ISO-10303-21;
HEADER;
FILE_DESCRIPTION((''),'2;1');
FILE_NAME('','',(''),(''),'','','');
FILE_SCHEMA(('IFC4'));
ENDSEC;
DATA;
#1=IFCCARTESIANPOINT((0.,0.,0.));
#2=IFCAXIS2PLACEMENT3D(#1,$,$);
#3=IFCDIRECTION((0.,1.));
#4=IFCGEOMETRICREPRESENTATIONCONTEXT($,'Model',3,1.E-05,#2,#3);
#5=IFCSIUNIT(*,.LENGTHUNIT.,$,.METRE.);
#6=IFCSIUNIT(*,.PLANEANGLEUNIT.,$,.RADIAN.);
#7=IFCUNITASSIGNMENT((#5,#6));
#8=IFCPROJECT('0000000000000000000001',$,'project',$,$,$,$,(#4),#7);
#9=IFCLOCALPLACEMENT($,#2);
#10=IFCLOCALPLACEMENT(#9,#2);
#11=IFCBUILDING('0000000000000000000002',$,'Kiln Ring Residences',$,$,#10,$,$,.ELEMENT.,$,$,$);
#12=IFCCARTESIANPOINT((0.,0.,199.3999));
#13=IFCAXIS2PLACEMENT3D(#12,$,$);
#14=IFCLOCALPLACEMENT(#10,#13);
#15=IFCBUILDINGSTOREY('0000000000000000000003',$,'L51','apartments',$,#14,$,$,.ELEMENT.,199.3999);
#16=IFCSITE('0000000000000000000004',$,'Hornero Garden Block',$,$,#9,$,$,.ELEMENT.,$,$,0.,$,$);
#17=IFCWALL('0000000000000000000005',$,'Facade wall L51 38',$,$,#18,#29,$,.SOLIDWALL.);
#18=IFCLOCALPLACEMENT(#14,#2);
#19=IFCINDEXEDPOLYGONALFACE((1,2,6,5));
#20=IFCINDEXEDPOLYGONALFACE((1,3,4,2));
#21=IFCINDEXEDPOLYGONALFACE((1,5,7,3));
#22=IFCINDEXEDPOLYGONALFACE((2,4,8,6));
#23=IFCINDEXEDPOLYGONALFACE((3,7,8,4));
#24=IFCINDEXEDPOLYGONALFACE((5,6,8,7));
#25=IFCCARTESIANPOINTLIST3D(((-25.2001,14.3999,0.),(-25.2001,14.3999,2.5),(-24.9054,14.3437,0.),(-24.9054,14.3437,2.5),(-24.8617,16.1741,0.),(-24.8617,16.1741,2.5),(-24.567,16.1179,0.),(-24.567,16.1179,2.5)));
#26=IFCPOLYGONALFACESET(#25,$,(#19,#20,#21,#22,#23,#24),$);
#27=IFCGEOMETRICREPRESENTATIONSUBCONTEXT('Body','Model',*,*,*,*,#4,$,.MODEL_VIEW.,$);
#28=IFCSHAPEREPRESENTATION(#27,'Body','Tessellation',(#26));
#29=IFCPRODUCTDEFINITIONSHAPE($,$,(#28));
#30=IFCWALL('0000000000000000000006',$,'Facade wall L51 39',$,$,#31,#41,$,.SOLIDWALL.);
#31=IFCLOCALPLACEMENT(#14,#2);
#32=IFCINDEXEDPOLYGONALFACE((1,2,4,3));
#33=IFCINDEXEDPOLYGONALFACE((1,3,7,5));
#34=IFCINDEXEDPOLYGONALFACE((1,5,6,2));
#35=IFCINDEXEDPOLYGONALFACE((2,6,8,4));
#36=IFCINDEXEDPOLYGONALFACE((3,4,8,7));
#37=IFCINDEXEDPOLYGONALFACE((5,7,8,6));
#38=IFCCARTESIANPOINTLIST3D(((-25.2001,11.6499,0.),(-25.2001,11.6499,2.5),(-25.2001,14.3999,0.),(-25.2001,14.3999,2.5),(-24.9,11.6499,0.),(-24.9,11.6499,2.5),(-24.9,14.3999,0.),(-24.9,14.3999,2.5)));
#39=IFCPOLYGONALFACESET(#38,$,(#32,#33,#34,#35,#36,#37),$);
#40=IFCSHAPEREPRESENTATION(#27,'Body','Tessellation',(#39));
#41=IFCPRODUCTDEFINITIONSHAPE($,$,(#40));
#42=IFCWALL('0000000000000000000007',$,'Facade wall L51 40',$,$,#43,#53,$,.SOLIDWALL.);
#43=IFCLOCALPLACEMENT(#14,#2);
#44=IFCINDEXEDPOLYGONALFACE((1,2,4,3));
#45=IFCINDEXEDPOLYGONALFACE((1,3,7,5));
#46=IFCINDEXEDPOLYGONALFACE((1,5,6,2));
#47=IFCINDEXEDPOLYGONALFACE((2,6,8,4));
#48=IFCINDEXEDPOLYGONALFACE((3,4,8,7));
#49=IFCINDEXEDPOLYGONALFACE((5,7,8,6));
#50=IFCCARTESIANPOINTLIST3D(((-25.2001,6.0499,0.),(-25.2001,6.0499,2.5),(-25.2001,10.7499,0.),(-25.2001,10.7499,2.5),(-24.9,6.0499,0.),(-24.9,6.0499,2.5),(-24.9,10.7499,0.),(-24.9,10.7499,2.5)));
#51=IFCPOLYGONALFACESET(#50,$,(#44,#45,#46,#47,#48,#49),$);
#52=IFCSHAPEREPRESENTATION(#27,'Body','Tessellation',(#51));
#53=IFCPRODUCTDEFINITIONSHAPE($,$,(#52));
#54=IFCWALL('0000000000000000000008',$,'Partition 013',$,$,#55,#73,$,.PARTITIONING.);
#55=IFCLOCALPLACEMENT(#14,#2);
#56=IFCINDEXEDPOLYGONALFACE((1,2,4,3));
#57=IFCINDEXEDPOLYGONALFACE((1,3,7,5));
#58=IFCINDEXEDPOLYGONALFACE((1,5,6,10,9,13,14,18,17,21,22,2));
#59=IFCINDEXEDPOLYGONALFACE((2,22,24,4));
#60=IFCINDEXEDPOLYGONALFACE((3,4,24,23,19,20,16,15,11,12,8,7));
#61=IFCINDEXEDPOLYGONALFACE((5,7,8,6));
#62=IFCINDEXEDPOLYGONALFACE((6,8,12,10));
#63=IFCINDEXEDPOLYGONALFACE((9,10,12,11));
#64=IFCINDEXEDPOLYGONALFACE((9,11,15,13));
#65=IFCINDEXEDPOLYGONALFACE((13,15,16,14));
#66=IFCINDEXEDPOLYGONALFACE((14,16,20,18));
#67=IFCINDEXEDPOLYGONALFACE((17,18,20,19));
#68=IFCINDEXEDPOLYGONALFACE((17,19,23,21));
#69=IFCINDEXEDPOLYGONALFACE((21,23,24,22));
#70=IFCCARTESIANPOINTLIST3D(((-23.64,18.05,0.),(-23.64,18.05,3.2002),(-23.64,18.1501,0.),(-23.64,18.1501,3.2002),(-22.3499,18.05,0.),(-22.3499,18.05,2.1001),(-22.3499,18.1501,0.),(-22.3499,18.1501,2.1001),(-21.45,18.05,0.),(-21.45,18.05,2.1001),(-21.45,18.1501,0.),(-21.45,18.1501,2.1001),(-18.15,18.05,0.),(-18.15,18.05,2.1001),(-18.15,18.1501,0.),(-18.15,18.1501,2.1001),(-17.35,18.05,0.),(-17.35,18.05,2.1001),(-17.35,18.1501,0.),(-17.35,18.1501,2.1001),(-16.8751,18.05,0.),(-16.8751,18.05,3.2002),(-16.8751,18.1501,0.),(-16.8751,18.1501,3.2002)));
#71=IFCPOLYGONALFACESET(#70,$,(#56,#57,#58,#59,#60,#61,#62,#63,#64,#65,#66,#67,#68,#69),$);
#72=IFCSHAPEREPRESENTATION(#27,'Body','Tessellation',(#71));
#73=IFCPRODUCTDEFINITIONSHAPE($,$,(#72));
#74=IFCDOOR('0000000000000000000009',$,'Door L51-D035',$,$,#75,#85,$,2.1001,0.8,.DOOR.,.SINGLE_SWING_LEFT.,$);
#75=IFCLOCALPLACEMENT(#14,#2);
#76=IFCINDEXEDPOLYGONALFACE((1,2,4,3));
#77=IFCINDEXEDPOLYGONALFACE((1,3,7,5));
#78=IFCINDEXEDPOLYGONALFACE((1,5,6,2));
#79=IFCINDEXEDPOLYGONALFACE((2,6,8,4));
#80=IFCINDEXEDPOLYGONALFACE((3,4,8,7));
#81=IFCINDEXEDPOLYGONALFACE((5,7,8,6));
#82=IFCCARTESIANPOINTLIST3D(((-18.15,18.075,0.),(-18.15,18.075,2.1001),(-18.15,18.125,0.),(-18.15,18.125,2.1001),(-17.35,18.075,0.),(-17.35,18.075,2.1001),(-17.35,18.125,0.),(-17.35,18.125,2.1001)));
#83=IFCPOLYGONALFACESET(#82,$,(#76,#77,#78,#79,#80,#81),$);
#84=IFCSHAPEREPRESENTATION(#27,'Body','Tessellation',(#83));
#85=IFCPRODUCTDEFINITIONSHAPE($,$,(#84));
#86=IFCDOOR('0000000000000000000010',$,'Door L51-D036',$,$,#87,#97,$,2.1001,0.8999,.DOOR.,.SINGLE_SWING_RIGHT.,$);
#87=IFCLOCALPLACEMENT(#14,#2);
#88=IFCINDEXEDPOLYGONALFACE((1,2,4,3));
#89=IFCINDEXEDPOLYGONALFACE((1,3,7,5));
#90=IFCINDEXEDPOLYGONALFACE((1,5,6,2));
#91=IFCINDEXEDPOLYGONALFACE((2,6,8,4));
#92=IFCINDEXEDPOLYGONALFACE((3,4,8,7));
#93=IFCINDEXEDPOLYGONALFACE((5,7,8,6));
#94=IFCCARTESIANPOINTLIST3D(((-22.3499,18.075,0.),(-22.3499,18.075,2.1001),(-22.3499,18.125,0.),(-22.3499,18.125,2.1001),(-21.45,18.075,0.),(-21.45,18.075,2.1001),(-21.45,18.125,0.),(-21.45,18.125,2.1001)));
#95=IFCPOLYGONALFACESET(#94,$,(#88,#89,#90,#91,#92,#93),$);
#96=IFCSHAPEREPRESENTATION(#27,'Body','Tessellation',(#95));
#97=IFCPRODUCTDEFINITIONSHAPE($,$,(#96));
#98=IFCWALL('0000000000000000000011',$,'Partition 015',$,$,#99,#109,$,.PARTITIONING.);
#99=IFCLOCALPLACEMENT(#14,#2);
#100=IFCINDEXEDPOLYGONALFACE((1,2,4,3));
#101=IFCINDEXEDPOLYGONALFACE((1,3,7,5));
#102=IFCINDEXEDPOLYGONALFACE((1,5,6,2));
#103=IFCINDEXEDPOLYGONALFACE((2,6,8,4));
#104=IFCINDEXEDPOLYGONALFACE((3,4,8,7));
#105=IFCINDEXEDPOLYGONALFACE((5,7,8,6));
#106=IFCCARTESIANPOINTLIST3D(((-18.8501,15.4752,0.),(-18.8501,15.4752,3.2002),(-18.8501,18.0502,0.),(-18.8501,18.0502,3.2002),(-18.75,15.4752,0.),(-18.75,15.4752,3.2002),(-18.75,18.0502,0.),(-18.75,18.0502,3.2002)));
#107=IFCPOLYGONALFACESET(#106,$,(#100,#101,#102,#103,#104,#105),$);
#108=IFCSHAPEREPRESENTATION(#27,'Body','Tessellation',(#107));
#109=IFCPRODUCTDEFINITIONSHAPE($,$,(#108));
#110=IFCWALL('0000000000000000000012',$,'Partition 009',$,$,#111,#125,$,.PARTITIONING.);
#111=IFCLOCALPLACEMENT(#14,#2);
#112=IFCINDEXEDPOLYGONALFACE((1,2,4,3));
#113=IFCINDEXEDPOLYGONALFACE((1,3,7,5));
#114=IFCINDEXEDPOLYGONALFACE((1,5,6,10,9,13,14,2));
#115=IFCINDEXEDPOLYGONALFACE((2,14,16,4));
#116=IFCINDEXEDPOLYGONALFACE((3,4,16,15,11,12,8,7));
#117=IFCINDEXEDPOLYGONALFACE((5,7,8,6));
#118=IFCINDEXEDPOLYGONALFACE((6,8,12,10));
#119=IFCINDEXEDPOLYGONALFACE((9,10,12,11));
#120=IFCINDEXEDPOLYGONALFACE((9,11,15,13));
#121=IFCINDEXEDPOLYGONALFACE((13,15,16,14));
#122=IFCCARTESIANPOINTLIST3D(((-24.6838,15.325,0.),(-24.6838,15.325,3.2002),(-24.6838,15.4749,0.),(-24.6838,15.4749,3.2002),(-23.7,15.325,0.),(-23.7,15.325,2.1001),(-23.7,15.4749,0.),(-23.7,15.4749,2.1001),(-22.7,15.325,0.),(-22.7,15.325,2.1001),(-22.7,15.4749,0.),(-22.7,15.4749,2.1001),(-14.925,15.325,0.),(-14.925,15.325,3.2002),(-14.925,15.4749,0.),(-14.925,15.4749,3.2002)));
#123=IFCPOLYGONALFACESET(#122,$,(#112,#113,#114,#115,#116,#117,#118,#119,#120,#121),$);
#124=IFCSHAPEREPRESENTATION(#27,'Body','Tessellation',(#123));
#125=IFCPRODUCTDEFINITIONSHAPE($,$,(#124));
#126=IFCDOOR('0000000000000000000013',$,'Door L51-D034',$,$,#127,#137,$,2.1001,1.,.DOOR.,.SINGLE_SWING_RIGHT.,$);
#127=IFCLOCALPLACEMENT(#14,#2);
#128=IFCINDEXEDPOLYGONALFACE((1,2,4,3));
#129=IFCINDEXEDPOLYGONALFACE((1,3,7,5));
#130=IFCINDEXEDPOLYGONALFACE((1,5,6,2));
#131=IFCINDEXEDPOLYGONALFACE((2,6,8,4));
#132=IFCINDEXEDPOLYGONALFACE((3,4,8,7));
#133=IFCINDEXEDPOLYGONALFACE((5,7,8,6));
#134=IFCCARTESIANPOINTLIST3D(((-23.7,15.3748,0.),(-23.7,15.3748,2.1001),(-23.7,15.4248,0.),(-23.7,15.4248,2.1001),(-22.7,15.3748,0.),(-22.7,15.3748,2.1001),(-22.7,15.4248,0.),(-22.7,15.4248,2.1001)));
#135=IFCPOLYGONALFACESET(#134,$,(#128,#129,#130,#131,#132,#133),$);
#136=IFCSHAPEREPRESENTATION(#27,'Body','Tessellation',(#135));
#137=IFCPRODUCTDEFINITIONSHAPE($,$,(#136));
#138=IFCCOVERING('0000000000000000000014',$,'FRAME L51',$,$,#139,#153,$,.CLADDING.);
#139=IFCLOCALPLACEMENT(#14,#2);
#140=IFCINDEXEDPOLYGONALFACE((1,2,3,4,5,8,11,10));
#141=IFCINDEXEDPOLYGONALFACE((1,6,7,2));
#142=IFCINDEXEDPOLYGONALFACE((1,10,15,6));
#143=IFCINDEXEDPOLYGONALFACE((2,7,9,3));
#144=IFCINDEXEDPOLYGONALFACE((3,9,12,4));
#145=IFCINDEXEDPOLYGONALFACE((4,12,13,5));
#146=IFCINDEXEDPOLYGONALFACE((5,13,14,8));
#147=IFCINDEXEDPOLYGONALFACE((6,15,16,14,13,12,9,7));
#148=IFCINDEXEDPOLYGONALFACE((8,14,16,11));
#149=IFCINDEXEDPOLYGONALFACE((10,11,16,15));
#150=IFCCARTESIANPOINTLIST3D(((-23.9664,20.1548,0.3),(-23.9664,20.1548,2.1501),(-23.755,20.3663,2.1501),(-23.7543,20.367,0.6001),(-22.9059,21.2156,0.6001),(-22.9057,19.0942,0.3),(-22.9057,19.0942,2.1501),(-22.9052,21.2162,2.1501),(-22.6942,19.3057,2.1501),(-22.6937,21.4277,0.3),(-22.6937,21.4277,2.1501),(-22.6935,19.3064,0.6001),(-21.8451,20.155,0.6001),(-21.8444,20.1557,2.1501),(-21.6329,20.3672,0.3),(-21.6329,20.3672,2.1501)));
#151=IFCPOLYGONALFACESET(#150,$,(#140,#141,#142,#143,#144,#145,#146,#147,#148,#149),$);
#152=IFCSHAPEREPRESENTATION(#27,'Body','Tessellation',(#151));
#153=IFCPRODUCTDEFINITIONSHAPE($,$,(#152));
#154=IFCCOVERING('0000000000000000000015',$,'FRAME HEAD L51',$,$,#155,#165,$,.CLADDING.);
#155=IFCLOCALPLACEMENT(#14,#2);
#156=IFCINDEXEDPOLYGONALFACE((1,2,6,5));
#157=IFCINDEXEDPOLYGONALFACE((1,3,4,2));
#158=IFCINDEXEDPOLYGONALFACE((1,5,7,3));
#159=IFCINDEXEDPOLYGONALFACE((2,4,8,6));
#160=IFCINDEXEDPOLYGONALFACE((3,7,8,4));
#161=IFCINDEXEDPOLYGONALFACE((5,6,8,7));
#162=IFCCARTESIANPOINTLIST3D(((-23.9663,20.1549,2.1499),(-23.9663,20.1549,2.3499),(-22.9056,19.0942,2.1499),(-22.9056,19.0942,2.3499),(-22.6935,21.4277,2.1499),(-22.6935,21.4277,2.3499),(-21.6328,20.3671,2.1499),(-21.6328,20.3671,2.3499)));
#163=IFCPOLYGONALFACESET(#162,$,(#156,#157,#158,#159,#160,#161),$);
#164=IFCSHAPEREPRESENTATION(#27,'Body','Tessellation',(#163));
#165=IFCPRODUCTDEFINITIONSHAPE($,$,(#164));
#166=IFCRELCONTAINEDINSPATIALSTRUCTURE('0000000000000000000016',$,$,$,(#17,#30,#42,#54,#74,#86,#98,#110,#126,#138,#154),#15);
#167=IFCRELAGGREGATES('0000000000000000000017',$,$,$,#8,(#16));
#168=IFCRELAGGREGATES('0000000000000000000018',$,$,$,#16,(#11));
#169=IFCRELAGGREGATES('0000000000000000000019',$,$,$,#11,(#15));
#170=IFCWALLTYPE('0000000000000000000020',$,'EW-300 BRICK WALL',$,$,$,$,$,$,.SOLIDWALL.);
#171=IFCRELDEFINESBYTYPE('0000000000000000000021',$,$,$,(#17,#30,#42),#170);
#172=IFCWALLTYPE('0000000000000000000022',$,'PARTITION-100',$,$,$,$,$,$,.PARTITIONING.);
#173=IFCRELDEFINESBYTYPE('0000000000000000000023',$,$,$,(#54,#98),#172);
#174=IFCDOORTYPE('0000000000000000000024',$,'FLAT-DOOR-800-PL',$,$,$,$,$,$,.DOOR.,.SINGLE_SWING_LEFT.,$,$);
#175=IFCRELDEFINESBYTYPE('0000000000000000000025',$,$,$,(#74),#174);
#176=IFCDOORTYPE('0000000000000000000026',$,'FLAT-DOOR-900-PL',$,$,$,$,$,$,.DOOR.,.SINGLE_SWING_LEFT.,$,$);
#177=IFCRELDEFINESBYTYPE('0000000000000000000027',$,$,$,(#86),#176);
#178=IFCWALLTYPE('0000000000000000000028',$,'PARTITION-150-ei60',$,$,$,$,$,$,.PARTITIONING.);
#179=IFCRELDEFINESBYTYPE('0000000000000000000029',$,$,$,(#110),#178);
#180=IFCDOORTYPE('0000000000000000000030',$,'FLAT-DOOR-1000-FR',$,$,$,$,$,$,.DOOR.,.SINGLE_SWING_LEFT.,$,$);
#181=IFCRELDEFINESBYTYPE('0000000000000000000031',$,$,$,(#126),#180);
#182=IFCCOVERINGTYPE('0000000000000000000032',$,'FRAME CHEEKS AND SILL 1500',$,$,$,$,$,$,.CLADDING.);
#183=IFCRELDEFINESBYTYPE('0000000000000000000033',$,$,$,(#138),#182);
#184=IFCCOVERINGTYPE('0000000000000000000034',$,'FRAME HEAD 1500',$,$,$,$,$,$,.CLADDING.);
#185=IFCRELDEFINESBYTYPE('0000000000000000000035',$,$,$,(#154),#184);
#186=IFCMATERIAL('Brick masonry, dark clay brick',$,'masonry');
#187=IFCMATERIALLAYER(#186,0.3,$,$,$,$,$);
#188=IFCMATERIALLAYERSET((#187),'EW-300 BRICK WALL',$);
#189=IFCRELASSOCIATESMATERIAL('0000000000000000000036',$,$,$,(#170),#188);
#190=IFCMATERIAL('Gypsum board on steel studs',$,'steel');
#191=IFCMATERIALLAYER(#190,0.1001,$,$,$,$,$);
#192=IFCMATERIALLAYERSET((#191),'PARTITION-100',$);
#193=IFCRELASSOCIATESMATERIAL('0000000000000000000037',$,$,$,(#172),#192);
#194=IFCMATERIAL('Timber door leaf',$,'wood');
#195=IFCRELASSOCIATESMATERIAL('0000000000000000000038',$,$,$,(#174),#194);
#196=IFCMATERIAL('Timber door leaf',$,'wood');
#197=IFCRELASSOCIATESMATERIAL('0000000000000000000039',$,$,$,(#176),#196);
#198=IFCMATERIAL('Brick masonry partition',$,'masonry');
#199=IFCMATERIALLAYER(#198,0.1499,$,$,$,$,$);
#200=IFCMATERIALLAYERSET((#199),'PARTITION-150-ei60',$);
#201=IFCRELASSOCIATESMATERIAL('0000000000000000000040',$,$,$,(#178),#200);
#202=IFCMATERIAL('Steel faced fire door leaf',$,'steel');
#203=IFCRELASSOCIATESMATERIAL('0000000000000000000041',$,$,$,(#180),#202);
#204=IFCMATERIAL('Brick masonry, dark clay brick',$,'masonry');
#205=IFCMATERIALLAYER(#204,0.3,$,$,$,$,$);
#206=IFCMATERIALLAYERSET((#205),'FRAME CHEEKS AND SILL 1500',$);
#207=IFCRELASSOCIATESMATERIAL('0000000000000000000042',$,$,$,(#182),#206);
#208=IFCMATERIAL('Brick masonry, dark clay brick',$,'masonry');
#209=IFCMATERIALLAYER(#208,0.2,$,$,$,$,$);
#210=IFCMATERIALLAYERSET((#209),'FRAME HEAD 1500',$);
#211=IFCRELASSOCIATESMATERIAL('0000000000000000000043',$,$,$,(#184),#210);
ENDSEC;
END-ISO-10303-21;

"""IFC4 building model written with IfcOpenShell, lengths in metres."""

from ifc_helpers import new_model, si_unit, direction, frame, frame_2d, origin, origin_2d, place, context, subcontext, project, spatial, polyline, rectangle, outline, extrude, material, layer, layer_set, type_object, element, fill, save


model = new_model("IFC4")

# Units and contexts
model_context = context("Model", 3, precision=1e-05, world=origin(), true_north=direction((0.0, 1.0)))
body_context = subcontext(model_context, "Body", "Model", "MODEL_VIEW")
ifc_project = project(units=[si_unit("LENGTHUNIT", "METRE"), si_unit("PLANEANGLEUNIT", "RADIAN")], contexts=[model_context])

# Site, building, storey
site_placement = place(None, origin())
site = spatial("IfcSite", under=ifc_project, at=site_placement, Name="Hornero Garden Block", CompositionType="ELEMENT", RefElevation=0.0)
building_placement = place(site_placement, origin())
building = spatial("IfcBuilding", under=site, at=building_placement, Name="Kiln Ring Residences", CompositionType="ELEMENT")
storey_placement = place(building_placement, frame((0.0, 0.0, 199.3999)))
storey = spatial("IfcBuildingStorey", under=building, at=storey_placement, Name="L51", Description="apartments", CompositionType="ELEMENT", Elevation=199.3999)

# Shared definitions
ifc_material_1 = material(Name="Brick masonry, dark clay brick", Category="masonry")
ifc_layer_1 = layer(ifc_material_1, 0.3)
ifc_layer_set_1 = layer_set([ifc_layer_1], Name="EW-300 BRICK WALL")
wall_type_1 = type_object("IfcWallType", Name="EW-300 BRICK WALL", PredefinedType="SOLIDWALL", material=ifc_layer_set_1)

# Walls
wall_1_placement = place(storey_placement, frame((-24.7144, 16.146, 0.0), z_axis=(0.0, 0.0, 1.0), x_axis=(-0.187348, -0.982294, 0.0)))
element("IfcWall", 1, at=wall_1_placement, inside=storey, type_object=wall_type_1, Name="Facade wall L51 38", PredefinedType="SOLIDWALL", context=body_context, shape_type="SweptSolid", body=[
    extrude(rectangle(XDim=1.8062, YDim=0.3, at=frame_2d((0.9031, 0.0))), origin(), (0.0, 0.0, 1.0), 2.5),
])
wall_2_placement = place(storey_placement, frame((-25.05, 14.3999, 0.0), z_axis=(0.0, 0.0, 1.0), x_axis=(0.0, -1.0, 0.0)))
element("IfcWall", 2, at=wall_2_placement, inside=storey, type_object=wall_type_1, Name="Facade wall L51 39", PredefinedType="SOLIDWALL", context=body_context, shape_type="SweptSolid", body=[
    extrude(rectangle(XDim=2.75, YDim=0.3, at=frame_2d((1.375, 0.0))), origin(), (0.0, 0.0, 1.0), 2.5),
])
wall_3_placement = place(storey_placement, frame((-25.05, 10.75, 0.0), z_axis=(0.0, 0.0, 1.0), x_axis=(0.0, -1.0, 0.0)))
element("IfcWall", 3, at=wall_3_placement, inside=storey, type_object=wall_type_1, Name="Facade wall L51 40", PredefinedType="SOLIDWALL", context=body_context, shape_type="SweptSolid", body=[
    extrude(rectangle(XDim=4.7, YDim=0.3, at=frame_2d((2.3501, 0.0))), origin(), (0.0, 0.0, 1.0), 2.5),
])

# Wall, openings, doors
ifc_material_2 = material(Name="Gypsum board on steel studs", Category="steel")
ifc_layer_2 = layer(ifc_material_2, 0.1001)
ifc_layer_set_2 = layer_set([ifc_layer_2], Name="PARTITION-100")
wall_type_2 = type_object("IfcWallType", Name="PARTITION-100", PredefinedType="PARTITIONING", material=ifc_layer_set_2)
wall_4_placement = place(storey_placement, frame((-23.6399, 18.1001, 0.0), z_axis=(0.0, 0.0, 1.0), x_axis=(1.0, 0.0, 0.0)))
wall_4 = element("IfcWall", 4, at=wall_4_placement, inside=storey, type_object=wall_type_2, Name="Partition 013", PredefinedType="PARTITIONING", context=body_context, shape_type="SweptSolid", body=[
    extrude(rectangle(XDim=6.7649, YDim=0.1001, at=frame_2d((3.3823, 0.0))), origin(), (0.0, 0.0, 1.0), 3.2002),
])
opening_1_placement = place(wall_4_placement, frame((5.49, 0.0, 0.0)))
opening_1 = element("IfcOpeningElement", 5, at=opening_1_placement, cuts=wall_4, PredefinedType="OPENING", context=body_context, shape_type="SweptSolid", body=[
    extrude(rectangle(XDim=0.8, YDim=2.1001, at=frame_2d((0.3999, 1.05))), frame((0.0, 0.0601, 0.0), z_axis=(0.0, -1.0, 0.0), x_axis=(1.0, 0.0, 0.0)), (0.0, 0.0, 1.0), 0.1201),
])
opening_2_placement = place(wall_4_placement, frame((1.29, 0.0, 0.0)))
opening_2 = element("IfcOpeningElement", 6, at=opening_2_placement, cuts=wall_4, PredefinedType="OPENING", context=body_context, shape_type="SweptSolid", body=[
    extrude(rectangle(XDim=0.8999, YDim=2.1001, at=frame_2d((0.45, 1.05))), frame((0.0, 0.0601, 0.0), z_axis=(0.0, -1.0, 0.0), x_axis=(1.0, 0.0, 0.0)), (0.0, 0.0, 1.0), 0.1201),
])
ifc_material_3 = material(Name="Timber door leaf", Category="wood")
door_type_1 = type_object("IfcDoorType", Name="FLAT-DOOR-800-PL", OperationType="SINGLE_SWING_LEFT", PredefinedType="DOOR", material=ifc_material_3)
door_1_placement = place(opening_1_placement, origin())
door_1 = element("IfcDoor", 7, at=door_1_placement, inside=storey, type_object=door_type_1, Name="Door L51-D035", OperationType="SINGLE_SWING_LEFT", OverallHeight=2.1001, OverallWidth=0.8, PredefinedType="DOOR", context=body_context, shape_type="SweptSolid", body=[
    extrude(rectangle(XDim=0.8, YDim=2.1001, at=frame_2d((0.3999, 1.05))), frame((0.0, 0.0249, 0.0), z_axis=(0.0, -1.0, 0.0), x_axis=(1.0, 0.0, 0.0)), (0.0, 0.0, 1.0), 0.05),
])
fill(opening_1, door_1)
ifc_material_4 = material(Name="Timber door leaf", Category="wood")
door_type_2 = type_object("IfcDoorType", Name="FLAT-DOOR-900-PL", OperationType="SINGLE_SWING_LEFT", PredefinedType="DOOR", material=ifc_material_4)
door_2_placement = place(opening_2_placement, origin())
door_2 = element("IfcDoor", 8, at=door_2_placement, inside=storey, type_object=door_type_2, Name="Door L51-D036", OperationType="SINGLE_SWING_RIGHT", OverallHeight=2.1001, OverallWidth=0.8999, PredefinedType="DOOR", context=body_context, shape_type="SweptSolid", body=[
    extrude(rectangle(XDim=0.8999, YDim=2.1001, at=frame_2d((0.45, 1.05))), frame((0.0, 0.0249, 0.0), z_axis=(0.0, -1.0, 0.0), x_axis=(1.0, 0.0, 0.0)), (0.0, 0.0, 1.0), 0.05),
])
fill(opening_2, door_2)

# Wall
wall_5_placement = place(storey_placement, frame((-18.8, 15.4751, 0.0), z_axis=(0.0, 0.0, 1.0), x_axis=(0.0, 1.0, 0.0)))
element("IfcWall", 9, at=wall_5_placement, inside=storey, type_object=wall_type_2, Name="Partition 015", PredefinedType="PARTITIONING", context=body_context, shape_type="SweptSolid", body=[
    extrude(rectangle(XDim=2.575, YDim=0.1001, at=frame_2d((1.2876, 0.0))), origin(), (0.0, 0.0, 1.0), 3.2002),
])

# Wall, opening, door
ifc_material_5 = material(Name="Brick masonry partition", Category="masonry")
ifc_layer_3 = layer(ifc_material_5, 0.1499)
ifc_layer_set_3 = layer_set([ifc_layer_3], Name="PARTITION-150-ei60")
wall_type_3 = type_object("IfcWallType", Name="PARTITION-150-ei60", PredefinedType="PARTITIONING", material=ifc_layer_set_3)
wall_6_placement = place(storey_placement, frame((-24.6838, 15.3999, 0.0), z_axis=(0.0, 0.0, 1.0), x_axis=(1.0, 0.0, 0.0)))
wall_6 = element("IfcWall", 10, at=wall_6_placement, inside=storey, type_object=wall_type_3, Name="Partition 009", PredefinedType="PARTITIONING", context=body_context, shape_type="SweptSolid", body=[
    extrude(rectangle(XDim=9.7588, YDim=0.1499, at=frame_2d((4.8794, 0.0))), origin(), (0.0, 0.0, 1.0), 3.2002),
])
opening_3_placement = place(wall_6_placement, frame((0.9839, 0.0, 0.0)))
opening_3 = element("IfcOpeningElement", 11, at=opening_3_placement, cuts=wall_6, PredefinedType="OPENING", context=body_context, shape_type="SweptSolid", body=[
    extrude(rectangle(XDim=1.0, YDim=2.1001, at=frame_2d((0.5, 1.05))), frame((0.0, 0.085, 0.0), z_axis=(0.0, -1.0, 0.0), x_axis=(1.0, 0.0, 0.0)), (0.0, 0.0, 1.0), 0.1699),
])
ifc_material_6 = material(Name="Steel faced fire door leaf", Category="steel")
door_type_3 = type_object("IfcDoorType", Name="FLAT-DOOR-1000-FR", OperationType="SINGLE_SWING_LEFT", PredefinedType="DOOR", material=ifc_material_6)
door_3_placement = place(opening_3_placement, origin())
door_3 = element("IfcDoor", 12, at=door_3_placement, inside=storey, type_object=door_type_3, Name="Door L51-D034", OperationType="SINGLE_SWING_RIGHT", OverallHeight=2.1001, OverallWidth=1.0, PredefinedType="DOOR", context=body_context, shape_type="SweptSolid", body=[
    extrude(rectangle(XDim=1.0, YDim=2.1001, at=frame_2d((0.5, 1.05))), frame((0.0, 0.0249, 0.0), z_axis=(0.0, -1.0, 0.0), x_axis=(1.0, 0.0, 0.0)), (0.0, 0.0, 1.0), 0.05),
])
fill(opening_3, door_3)

# Coverings
ifc_material_7 = material(Name="Brick masonry, dark clay brick", Category="masonry")
ifc_layer_4 = layer(ifc_material_7, 0.3)
ifc_layer_set_4 = layer_set([ifc_layer_4], Name="FRAME CHEEKS AND SILL 1500")
covering_type_1 = type_object("IfcCoveringType", Name="FRAME CHEEKS AND SILL 1500", PredefinedType="CLADDING", material=ifc_layer_set_4)
covering_1_placement = place(storey_placement, frame((-22.1633, 20.8975, 0.3), z_axis=(0.0, 0.0, 1.0), x_axis=(-0.707039, -0.707175, 0.0)))
element("IfcCovering", 13, at=covering_1_placement, inside=storey, type_object=covering_type_1, Name="FRAME L51", PredefinedType="CLADDING", context=body_context, shape_type="SweptSolid", body=[
    extrude(outline(polyline([(0.0, 0.0), (1.8, 0.0), (1.8, 1.8501), (1.501, 1.8501), (1.5, 0.3), (0.3, 0.3), (0.2991, 1.8501), (0.0, 1.8501), (0.0, 0.0)])), frame((0.0, 0.75, 0.0), z_axis=(0.0, -1.0, 0.0), x_axis=(1.0, 0.0, 0.0)), (0.0, 0.0, 1.0), 1.5),
])
ifc_material_8 = material(Name="Brick masonry, dark clay brick", Category="masonry")
ifc_layer_5 = layer(ifc_material_8, 0.2)
ifc_layer_set_5 = layer_set([ifc_layer_5], Name="FRAME HEAD 1500")
covering_type_2 = type_object("IfcCoveringType", Name="FRAME HEAD 1500", PredefinedType="CLADDING", material=ifc_layer_set_5)
covering_2_placement = place(storey_placement, frame((-22.7996, 20.261, 2.1499), z_axis=(0.0, 0.0, 1.0), x_axis=(-0.707107, -0.707107, 0.0)))
element("IfcCovering", 14, at=covering_2_placement, inside=storey, type_object=covering_type_2, Name="FRAME HEAD L51", PredefinedType="CLADDING", context=body_context, shape_type="SweptSolid", body=[
    extrude(rectangle(XDim=1.8, YDim=1.5, at=origin_2d()), origin(), (0.0, 0.0, 1.0), 0.2),
])

save(model, "model.ifc")
